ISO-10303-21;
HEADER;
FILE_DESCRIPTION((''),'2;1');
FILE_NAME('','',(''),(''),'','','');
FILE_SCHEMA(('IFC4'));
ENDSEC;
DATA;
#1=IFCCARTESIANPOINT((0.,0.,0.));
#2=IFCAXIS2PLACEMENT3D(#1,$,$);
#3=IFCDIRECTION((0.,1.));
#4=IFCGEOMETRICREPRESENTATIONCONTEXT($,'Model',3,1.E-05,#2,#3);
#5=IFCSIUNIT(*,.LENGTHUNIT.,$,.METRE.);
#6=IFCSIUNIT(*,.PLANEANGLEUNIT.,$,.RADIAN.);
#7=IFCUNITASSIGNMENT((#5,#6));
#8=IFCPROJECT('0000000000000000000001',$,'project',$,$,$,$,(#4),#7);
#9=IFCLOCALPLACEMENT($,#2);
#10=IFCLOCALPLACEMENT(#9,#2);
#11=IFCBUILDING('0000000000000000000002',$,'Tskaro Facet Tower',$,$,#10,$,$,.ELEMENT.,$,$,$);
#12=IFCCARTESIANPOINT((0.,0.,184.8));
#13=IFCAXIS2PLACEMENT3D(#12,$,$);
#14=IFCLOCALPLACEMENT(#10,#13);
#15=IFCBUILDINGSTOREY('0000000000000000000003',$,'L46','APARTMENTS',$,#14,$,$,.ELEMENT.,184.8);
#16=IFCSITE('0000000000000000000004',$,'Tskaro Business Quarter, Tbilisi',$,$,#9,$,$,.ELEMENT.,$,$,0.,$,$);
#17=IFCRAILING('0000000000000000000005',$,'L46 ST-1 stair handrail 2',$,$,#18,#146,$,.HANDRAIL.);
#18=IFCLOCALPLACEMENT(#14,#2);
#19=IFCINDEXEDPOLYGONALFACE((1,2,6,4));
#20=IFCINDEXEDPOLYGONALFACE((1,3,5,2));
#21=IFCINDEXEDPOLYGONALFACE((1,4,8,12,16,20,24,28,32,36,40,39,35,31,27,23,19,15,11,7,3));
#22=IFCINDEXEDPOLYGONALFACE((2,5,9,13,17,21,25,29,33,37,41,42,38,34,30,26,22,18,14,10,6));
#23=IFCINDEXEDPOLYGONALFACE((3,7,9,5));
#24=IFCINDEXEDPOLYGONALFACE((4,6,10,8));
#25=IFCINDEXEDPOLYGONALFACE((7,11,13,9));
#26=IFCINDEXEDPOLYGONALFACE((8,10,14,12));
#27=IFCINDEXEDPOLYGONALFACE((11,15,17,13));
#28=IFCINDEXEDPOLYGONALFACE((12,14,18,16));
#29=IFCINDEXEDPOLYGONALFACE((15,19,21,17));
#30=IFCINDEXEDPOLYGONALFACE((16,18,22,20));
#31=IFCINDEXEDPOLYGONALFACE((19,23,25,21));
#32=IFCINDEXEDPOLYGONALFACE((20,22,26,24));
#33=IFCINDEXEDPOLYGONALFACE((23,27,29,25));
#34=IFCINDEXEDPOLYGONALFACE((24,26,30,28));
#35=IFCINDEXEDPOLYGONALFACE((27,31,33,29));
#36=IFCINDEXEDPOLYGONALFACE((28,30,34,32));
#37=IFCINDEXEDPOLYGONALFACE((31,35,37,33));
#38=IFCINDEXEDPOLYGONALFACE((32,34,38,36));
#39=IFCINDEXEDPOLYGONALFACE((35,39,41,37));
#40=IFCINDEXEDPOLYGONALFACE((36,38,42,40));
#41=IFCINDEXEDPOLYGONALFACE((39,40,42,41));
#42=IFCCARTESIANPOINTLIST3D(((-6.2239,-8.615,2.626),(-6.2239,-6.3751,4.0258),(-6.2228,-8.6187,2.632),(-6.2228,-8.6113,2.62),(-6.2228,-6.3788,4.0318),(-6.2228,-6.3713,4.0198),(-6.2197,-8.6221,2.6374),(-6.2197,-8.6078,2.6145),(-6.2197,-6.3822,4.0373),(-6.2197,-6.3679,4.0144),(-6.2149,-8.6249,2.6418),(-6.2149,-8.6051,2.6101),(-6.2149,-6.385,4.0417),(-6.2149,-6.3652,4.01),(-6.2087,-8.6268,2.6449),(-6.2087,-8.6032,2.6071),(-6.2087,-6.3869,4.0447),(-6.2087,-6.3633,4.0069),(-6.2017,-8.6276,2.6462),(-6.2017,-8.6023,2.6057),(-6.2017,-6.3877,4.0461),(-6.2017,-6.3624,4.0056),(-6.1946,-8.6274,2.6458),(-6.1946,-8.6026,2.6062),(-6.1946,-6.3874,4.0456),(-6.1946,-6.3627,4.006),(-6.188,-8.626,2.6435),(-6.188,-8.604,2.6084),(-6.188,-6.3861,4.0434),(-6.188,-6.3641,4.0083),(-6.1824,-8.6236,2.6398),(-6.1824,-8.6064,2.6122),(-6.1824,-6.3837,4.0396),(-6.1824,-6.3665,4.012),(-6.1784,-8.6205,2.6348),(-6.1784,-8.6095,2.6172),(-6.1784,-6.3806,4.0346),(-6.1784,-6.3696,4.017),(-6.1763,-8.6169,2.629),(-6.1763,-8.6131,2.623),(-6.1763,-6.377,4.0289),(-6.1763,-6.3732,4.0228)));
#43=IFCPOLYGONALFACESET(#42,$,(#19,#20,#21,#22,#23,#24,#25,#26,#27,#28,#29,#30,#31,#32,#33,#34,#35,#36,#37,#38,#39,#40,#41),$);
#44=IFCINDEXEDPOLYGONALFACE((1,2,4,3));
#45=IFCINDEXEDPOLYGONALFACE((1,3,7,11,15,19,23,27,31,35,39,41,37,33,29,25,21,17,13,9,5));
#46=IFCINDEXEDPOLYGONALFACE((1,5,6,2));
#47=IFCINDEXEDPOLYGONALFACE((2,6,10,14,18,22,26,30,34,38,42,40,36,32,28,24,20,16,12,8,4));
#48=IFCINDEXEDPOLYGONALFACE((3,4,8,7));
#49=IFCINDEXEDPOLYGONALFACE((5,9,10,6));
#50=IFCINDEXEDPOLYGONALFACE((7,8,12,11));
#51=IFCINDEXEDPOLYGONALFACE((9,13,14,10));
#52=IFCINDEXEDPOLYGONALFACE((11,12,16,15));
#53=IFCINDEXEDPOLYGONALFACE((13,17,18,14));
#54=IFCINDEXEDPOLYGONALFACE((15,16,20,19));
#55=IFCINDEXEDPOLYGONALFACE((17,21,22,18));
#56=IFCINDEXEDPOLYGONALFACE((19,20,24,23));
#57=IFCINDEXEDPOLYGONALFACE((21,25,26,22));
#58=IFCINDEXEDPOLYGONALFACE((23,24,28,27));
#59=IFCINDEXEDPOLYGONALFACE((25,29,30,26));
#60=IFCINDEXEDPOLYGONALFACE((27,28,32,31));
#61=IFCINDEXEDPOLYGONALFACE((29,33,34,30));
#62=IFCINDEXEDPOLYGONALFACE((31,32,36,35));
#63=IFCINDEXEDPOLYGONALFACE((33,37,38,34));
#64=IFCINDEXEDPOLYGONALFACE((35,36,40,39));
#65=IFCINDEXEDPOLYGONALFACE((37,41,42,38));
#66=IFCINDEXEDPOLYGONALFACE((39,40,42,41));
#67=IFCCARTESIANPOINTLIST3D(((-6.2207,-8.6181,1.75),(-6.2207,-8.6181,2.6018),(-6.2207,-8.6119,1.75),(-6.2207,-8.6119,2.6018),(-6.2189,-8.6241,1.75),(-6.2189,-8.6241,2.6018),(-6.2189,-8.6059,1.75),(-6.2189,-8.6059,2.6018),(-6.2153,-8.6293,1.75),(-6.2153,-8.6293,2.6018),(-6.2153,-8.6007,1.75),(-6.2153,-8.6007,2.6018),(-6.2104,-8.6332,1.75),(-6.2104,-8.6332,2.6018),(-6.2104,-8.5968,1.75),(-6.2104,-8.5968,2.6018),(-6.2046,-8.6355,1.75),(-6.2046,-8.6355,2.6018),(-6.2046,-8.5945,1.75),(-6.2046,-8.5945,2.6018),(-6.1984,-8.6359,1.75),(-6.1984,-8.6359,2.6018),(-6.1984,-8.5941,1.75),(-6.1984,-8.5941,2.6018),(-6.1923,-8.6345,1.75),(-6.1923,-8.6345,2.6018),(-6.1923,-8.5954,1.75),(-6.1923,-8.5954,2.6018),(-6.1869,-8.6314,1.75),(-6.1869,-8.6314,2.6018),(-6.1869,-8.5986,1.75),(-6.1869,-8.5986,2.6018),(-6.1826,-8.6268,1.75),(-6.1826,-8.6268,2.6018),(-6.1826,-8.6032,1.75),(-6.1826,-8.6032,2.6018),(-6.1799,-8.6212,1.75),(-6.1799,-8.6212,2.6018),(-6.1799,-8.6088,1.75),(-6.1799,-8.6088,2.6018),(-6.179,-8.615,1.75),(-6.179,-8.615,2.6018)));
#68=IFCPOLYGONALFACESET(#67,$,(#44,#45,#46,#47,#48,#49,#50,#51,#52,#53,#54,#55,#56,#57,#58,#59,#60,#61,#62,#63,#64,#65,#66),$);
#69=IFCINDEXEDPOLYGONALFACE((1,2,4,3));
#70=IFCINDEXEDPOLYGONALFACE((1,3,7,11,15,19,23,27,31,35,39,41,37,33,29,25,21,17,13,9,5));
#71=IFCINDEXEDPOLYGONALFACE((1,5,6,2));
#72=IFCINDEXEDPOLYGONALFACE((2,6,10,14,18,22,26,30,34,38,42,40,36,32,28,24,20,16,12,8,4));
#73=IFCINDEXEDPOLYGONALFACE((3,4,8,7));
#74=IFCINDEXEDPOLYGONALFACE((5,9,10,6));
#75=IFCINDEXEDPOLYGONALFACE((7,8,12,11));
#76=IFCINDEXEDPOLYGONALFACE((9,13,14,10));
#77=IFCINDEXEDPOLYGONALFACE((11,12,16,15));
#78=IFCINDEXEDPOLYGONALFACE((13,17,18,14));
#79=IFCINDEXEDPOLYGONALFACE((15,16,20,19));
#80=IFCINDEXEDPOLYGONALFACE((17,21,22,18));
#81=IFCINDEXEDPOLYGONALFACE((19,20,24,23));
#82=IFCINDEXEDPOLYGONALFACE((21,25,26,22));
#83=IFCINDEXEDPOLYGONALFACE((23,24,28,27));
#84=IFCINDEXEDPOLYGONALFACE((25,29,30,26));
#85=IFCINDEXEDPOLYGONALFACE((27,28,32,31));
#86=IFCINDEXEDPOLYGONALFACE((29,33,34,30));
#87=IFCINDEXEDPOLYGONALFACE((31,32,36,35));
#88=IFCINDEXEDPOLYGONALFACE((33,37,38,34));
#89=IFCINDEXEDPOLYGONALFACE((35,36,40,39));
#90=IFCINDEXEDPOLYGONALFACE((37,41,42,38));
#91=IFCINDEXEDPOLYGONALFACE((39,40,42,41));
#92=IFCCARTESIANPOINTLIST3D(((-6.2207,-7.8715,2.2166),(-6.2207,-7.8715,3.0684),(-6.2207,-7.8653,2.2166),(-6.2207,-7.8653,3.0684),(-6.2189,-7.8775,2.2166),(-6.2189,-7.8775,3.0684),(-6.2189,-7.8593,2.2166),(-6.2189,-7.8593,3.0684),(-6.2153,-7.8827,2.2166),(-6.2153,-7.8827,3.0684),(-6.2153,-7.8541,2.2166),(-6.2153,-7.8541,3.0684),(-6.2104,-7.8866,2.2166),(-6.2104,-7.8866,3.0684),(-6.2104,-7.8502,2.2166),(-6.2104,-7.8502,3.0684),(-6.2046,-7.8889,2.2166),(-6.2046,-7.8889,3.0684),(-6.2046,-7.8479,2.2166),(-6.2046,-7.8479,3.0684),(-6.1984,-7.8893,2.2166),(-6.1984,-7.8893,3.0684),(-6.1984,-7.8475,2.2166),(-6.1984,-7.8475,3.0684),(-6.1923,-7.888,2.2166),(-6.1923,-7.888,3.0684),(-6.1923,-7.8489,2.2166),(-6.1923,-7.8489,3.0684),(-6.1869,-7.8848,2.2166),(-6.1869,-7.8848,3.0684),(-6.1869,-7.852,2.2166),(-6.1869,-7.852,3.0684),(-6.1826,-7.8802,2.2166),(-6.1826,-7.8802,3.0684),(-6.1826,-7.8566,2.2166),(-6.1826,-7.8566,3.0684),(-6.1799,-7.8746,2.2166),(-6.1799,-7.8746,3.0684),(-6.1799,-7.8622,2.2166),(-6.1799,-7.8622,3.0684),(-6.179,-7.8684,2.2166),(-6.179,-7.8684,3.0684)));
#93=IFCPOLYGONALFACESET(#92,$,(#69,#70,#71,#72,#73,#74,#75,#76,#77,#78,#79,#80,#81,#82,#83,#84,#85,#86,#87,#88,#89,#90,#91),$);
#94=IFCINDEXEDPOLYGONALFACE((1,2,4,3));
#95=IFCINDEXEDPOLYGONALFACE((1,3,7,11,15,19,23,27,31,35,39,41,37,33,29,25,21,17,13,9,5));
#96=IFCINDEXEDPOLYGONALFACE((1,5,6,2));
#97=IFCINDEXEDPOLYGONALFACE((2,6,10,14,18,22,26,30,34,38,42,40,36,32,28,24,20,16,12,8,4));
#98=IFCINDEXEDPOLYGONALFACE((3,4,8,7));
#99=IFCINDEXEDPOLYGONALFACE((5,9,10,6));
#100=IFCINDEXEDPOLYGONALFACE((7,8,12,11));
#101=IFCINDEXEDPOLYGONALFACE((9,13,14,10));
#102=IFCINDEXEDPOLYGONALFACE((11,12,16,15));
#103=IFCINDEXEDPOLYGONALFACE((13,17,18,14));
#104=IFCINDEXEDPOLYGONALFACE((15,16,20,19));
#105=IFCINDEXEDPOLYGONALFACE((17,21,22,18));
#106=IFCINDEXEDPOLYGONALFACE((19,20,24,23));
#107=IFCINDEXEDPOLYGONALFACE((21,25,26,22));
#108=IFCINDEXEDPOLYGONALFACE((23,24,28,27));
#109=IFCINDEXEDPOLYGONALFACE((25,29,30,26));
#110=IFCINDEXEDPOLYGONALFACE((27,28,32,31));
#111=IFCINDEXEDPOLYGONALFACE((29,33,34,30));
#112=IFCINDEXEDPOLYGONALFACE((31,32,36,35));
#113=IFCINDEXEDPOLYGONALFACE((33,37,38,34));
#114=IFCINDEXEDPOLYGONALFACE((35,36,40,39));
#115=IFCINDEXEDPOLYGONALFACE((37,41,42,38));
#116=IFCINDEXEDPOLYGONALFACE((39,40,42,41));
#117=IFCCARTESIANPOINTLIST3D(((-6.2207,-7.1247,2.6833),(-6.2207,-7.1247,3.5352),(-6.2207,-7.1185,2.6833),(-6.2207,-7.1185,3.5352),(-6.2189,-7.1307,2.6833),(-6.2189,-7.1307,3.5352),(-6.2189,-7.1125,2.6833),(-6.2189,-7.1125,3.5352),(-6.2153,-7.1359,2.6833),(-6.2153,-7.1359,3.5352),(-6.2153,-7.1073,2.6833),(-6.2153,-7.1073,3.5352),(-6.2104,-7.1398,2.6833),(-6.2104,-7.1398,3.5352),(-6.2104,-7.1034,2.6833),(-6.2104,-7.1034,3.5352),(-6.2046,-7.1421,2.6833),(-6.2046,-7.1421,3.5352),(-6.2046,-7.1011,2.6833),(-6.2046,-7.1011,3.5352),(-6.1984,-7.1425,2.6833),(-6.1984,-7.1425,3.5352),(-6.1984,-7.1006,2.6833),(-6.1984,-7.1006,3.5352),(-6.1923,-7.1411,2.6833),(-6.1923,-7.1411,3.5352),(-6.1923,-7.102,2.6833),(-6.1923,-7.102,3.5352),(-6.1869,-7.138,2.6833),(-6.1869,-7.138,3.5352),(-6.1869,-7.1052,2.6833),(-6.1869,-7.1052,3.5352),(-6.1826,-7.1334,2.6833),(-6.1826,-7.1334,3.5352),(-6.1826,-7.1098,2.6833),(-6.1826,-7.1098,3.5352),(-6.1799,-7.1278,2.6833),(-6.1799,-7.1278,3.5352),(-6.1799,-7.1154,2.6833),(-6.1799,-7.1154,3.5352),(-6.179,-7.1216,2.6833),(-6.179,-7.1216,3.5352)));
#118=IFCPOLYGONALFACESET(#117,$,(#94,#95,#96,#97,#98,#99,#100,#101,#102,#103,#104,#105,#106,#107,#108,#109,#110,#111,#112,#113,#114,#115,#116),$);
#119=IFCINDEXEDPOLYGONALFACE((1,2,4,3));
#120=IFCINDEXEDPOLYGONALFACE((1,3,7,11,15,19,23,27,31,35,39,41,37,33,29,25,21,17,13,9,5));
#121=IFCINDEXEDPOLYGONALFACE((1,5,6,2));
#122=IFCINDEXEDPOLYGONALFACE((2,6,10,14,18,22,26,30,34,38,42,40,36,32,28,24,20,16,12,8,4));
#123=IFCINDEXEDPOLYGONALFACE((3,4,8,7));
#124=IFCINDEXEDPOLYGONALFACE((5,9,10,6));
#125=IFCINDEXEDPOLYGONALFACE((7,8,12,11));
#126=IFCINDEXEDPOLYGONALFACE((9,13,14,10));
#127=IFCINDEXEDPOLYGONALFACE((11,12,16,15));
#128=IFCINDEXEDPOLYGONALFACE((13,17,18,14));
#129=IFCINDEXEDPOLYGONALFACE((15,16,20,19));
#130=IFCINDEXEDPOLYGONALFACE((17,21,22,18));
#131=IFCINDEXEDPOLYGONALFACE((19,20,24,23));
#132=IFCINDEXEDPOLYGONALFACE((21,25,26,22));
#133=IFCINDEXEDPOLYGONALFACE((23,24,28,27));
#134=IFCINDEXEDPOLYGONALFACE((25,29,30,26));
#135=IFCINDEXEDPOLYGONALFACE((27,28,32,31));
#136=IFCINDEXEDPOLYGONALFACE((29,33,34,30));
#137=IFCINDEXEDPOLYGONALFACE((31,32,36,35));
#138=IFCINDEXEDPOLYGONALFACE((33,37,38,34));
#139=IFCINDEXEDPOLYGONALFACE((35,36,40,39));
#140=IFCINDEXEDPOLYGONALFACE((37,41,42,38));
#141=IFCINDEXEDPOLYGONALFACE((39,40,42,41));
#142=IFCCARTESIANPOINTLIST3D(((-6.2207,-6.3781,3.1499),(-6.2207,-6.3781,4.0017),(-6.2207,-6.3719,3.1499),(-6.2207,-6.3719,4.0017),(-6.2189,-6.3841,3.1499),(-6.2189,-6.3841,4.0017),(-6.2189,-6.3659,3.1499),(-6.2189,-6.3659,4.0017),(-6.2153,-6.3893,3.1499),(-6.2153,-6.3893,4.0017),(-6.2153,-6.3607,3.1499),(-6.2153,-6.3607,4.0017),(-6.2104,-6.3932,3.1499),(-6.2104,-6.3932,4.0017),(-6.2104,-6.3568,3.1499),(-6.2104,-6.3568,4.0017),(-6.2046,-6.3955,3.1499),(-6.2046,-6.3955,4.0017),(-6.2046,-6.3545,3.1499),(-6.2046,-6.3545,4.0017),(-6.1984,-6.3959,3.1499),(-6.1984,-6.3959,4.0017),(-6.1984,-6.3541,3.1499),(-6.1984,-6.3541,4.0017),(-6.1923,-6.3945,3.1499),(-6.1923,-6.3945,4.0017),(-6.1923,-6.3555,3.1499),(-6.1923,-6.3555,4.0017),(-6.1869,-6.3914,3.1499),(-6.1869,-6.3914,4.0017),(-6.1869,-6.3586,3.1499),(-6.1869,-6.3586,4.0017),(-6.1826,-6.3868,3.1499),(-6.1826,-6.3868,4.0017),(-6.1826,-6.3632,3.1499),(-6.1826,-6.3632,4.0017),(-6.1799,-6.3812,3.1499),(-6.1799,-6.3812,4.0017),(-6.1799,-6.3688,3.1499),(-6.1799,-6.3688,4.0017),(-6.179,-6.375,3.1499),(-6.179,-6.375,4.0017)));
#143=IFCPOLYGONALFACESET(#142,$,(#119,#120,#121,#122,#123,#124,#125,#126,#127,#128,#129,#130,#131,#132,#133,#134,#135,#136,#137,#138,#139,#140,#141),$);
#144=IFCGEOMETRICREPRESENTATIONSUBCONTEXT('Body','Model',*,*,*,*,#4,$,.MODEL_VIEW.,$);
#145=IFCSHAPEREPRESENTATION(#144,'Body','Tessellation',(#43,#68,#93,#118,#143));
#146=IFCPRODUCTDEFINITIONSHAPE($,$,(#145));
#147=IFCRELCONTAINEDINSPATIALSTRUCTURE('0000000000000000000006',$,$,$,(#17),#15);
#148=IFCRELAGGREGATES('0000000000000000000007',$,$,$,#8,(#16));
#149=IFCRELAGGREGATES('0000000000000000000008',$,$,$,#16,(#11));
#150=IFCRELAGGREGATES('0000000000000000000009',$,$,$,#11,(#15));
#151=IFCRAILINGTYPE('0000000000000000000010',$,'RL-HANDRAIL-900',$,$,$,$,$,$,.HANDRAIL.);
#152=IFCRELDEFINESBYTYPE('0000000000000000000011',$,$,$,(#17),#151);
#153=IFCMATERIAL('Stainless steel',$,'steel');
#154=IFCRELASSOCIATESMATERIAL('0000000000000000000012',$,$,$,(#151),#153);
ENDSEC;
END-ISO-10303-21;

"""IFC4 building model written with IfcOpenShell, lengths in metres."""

from ifc_helpers import new_model, si_unit, direction, frame, origin, origin_2d, place, context, subcontext, project, spatial, circle, extrude, material, type_object, element, save


model = new_model("IFC4")

# Units and contexts
model_context = context("Model", 3, precision=1e-05, world=origin(), true_north=direction((0.0, 1.0)))
body_context = subcontext(model_context, "Body", "Model", "MODEL_VIEW")
ifc_project = project(units=[si_unit("LENGTHUNIT", "METRE"), si_unit("PLANEANGLEUNIT", "RADIAN")], contexts=[model_context])

# Site, building, storey
site_placement = place(None, origin())
site = spatial("IfcSite", under=ifc_project, at=site_placement, Name="Tskaro Business Quarter, Tbilisi", CompositionType="ELEMENT", RefElevation=0.0)
building_placement = place(site_placement, origin())
building = spatial("IfcBuilding", under=site, at=building_placement, Name="Tskaro Facet Tower", CompositionType="ELEMENT")
storey_placement = place(building_placement, frame((0.0, 0.0, 184.8)))
storey = spatial("IfcBuildingStorey", under=building, at=storey_placement, Name="L46", Description="APARTMENTS", CompositionType="ELEMENT", Elevation=184.8)

# Shared definitions
ifc_material_1 = material(Name="Stainless steel", Category="steel")

# Railing
railing_type_1 = type_object("IfcRailingType", Name="RL-HANDRAIL-900", PredefinedType="HANDRAIL", material=ifc_material_1)
railing_1_placement = place(storey_placement, frame((-6.2, -8.615, 1.75)))
element("IfcRailing", 1, at=railing_1_placement, inside=storey, type_object=railing_type_1, Name="L46 ST-1 stair handrail 2", PredefinedType="HANDRAIL", context=body_context, shape_type="SweptSolid", body=[
    extrude(circle(Radius=0.0239, at=origin_2d()), frame((0.0, 0.0, 0.876), z_axis=(0.0, 0.848014, 0.529974), x_axis=(-1.0, 0.0, 0.0)), (0.0, 0.0, 1.0), 2.6414),
    extrude(circle(Radius=0.021, at=origin_2d()), origin(), (0.0, 0.0, 1.0), 0.8518),
    extrude(circle(Radius=0.021, at=origin_2d()), frame((0.0, 0.7466, 0.4666)), (0.0, 0.0, 1.0), 0.8518),
    extrude(circle(Radius=0.021, at=origin_2d()), frame((0.0, 1.4934, 0.9333)), (0.0, 0.0, 1.0), 0.8518),
    extrude(circle(Radius=0.021, at=origin_2d()), frame((0.0, 2.24, 1.3999)), (0.0, 0.0, 1.0), 0.8518),
])

save(model, "model.ifc")
